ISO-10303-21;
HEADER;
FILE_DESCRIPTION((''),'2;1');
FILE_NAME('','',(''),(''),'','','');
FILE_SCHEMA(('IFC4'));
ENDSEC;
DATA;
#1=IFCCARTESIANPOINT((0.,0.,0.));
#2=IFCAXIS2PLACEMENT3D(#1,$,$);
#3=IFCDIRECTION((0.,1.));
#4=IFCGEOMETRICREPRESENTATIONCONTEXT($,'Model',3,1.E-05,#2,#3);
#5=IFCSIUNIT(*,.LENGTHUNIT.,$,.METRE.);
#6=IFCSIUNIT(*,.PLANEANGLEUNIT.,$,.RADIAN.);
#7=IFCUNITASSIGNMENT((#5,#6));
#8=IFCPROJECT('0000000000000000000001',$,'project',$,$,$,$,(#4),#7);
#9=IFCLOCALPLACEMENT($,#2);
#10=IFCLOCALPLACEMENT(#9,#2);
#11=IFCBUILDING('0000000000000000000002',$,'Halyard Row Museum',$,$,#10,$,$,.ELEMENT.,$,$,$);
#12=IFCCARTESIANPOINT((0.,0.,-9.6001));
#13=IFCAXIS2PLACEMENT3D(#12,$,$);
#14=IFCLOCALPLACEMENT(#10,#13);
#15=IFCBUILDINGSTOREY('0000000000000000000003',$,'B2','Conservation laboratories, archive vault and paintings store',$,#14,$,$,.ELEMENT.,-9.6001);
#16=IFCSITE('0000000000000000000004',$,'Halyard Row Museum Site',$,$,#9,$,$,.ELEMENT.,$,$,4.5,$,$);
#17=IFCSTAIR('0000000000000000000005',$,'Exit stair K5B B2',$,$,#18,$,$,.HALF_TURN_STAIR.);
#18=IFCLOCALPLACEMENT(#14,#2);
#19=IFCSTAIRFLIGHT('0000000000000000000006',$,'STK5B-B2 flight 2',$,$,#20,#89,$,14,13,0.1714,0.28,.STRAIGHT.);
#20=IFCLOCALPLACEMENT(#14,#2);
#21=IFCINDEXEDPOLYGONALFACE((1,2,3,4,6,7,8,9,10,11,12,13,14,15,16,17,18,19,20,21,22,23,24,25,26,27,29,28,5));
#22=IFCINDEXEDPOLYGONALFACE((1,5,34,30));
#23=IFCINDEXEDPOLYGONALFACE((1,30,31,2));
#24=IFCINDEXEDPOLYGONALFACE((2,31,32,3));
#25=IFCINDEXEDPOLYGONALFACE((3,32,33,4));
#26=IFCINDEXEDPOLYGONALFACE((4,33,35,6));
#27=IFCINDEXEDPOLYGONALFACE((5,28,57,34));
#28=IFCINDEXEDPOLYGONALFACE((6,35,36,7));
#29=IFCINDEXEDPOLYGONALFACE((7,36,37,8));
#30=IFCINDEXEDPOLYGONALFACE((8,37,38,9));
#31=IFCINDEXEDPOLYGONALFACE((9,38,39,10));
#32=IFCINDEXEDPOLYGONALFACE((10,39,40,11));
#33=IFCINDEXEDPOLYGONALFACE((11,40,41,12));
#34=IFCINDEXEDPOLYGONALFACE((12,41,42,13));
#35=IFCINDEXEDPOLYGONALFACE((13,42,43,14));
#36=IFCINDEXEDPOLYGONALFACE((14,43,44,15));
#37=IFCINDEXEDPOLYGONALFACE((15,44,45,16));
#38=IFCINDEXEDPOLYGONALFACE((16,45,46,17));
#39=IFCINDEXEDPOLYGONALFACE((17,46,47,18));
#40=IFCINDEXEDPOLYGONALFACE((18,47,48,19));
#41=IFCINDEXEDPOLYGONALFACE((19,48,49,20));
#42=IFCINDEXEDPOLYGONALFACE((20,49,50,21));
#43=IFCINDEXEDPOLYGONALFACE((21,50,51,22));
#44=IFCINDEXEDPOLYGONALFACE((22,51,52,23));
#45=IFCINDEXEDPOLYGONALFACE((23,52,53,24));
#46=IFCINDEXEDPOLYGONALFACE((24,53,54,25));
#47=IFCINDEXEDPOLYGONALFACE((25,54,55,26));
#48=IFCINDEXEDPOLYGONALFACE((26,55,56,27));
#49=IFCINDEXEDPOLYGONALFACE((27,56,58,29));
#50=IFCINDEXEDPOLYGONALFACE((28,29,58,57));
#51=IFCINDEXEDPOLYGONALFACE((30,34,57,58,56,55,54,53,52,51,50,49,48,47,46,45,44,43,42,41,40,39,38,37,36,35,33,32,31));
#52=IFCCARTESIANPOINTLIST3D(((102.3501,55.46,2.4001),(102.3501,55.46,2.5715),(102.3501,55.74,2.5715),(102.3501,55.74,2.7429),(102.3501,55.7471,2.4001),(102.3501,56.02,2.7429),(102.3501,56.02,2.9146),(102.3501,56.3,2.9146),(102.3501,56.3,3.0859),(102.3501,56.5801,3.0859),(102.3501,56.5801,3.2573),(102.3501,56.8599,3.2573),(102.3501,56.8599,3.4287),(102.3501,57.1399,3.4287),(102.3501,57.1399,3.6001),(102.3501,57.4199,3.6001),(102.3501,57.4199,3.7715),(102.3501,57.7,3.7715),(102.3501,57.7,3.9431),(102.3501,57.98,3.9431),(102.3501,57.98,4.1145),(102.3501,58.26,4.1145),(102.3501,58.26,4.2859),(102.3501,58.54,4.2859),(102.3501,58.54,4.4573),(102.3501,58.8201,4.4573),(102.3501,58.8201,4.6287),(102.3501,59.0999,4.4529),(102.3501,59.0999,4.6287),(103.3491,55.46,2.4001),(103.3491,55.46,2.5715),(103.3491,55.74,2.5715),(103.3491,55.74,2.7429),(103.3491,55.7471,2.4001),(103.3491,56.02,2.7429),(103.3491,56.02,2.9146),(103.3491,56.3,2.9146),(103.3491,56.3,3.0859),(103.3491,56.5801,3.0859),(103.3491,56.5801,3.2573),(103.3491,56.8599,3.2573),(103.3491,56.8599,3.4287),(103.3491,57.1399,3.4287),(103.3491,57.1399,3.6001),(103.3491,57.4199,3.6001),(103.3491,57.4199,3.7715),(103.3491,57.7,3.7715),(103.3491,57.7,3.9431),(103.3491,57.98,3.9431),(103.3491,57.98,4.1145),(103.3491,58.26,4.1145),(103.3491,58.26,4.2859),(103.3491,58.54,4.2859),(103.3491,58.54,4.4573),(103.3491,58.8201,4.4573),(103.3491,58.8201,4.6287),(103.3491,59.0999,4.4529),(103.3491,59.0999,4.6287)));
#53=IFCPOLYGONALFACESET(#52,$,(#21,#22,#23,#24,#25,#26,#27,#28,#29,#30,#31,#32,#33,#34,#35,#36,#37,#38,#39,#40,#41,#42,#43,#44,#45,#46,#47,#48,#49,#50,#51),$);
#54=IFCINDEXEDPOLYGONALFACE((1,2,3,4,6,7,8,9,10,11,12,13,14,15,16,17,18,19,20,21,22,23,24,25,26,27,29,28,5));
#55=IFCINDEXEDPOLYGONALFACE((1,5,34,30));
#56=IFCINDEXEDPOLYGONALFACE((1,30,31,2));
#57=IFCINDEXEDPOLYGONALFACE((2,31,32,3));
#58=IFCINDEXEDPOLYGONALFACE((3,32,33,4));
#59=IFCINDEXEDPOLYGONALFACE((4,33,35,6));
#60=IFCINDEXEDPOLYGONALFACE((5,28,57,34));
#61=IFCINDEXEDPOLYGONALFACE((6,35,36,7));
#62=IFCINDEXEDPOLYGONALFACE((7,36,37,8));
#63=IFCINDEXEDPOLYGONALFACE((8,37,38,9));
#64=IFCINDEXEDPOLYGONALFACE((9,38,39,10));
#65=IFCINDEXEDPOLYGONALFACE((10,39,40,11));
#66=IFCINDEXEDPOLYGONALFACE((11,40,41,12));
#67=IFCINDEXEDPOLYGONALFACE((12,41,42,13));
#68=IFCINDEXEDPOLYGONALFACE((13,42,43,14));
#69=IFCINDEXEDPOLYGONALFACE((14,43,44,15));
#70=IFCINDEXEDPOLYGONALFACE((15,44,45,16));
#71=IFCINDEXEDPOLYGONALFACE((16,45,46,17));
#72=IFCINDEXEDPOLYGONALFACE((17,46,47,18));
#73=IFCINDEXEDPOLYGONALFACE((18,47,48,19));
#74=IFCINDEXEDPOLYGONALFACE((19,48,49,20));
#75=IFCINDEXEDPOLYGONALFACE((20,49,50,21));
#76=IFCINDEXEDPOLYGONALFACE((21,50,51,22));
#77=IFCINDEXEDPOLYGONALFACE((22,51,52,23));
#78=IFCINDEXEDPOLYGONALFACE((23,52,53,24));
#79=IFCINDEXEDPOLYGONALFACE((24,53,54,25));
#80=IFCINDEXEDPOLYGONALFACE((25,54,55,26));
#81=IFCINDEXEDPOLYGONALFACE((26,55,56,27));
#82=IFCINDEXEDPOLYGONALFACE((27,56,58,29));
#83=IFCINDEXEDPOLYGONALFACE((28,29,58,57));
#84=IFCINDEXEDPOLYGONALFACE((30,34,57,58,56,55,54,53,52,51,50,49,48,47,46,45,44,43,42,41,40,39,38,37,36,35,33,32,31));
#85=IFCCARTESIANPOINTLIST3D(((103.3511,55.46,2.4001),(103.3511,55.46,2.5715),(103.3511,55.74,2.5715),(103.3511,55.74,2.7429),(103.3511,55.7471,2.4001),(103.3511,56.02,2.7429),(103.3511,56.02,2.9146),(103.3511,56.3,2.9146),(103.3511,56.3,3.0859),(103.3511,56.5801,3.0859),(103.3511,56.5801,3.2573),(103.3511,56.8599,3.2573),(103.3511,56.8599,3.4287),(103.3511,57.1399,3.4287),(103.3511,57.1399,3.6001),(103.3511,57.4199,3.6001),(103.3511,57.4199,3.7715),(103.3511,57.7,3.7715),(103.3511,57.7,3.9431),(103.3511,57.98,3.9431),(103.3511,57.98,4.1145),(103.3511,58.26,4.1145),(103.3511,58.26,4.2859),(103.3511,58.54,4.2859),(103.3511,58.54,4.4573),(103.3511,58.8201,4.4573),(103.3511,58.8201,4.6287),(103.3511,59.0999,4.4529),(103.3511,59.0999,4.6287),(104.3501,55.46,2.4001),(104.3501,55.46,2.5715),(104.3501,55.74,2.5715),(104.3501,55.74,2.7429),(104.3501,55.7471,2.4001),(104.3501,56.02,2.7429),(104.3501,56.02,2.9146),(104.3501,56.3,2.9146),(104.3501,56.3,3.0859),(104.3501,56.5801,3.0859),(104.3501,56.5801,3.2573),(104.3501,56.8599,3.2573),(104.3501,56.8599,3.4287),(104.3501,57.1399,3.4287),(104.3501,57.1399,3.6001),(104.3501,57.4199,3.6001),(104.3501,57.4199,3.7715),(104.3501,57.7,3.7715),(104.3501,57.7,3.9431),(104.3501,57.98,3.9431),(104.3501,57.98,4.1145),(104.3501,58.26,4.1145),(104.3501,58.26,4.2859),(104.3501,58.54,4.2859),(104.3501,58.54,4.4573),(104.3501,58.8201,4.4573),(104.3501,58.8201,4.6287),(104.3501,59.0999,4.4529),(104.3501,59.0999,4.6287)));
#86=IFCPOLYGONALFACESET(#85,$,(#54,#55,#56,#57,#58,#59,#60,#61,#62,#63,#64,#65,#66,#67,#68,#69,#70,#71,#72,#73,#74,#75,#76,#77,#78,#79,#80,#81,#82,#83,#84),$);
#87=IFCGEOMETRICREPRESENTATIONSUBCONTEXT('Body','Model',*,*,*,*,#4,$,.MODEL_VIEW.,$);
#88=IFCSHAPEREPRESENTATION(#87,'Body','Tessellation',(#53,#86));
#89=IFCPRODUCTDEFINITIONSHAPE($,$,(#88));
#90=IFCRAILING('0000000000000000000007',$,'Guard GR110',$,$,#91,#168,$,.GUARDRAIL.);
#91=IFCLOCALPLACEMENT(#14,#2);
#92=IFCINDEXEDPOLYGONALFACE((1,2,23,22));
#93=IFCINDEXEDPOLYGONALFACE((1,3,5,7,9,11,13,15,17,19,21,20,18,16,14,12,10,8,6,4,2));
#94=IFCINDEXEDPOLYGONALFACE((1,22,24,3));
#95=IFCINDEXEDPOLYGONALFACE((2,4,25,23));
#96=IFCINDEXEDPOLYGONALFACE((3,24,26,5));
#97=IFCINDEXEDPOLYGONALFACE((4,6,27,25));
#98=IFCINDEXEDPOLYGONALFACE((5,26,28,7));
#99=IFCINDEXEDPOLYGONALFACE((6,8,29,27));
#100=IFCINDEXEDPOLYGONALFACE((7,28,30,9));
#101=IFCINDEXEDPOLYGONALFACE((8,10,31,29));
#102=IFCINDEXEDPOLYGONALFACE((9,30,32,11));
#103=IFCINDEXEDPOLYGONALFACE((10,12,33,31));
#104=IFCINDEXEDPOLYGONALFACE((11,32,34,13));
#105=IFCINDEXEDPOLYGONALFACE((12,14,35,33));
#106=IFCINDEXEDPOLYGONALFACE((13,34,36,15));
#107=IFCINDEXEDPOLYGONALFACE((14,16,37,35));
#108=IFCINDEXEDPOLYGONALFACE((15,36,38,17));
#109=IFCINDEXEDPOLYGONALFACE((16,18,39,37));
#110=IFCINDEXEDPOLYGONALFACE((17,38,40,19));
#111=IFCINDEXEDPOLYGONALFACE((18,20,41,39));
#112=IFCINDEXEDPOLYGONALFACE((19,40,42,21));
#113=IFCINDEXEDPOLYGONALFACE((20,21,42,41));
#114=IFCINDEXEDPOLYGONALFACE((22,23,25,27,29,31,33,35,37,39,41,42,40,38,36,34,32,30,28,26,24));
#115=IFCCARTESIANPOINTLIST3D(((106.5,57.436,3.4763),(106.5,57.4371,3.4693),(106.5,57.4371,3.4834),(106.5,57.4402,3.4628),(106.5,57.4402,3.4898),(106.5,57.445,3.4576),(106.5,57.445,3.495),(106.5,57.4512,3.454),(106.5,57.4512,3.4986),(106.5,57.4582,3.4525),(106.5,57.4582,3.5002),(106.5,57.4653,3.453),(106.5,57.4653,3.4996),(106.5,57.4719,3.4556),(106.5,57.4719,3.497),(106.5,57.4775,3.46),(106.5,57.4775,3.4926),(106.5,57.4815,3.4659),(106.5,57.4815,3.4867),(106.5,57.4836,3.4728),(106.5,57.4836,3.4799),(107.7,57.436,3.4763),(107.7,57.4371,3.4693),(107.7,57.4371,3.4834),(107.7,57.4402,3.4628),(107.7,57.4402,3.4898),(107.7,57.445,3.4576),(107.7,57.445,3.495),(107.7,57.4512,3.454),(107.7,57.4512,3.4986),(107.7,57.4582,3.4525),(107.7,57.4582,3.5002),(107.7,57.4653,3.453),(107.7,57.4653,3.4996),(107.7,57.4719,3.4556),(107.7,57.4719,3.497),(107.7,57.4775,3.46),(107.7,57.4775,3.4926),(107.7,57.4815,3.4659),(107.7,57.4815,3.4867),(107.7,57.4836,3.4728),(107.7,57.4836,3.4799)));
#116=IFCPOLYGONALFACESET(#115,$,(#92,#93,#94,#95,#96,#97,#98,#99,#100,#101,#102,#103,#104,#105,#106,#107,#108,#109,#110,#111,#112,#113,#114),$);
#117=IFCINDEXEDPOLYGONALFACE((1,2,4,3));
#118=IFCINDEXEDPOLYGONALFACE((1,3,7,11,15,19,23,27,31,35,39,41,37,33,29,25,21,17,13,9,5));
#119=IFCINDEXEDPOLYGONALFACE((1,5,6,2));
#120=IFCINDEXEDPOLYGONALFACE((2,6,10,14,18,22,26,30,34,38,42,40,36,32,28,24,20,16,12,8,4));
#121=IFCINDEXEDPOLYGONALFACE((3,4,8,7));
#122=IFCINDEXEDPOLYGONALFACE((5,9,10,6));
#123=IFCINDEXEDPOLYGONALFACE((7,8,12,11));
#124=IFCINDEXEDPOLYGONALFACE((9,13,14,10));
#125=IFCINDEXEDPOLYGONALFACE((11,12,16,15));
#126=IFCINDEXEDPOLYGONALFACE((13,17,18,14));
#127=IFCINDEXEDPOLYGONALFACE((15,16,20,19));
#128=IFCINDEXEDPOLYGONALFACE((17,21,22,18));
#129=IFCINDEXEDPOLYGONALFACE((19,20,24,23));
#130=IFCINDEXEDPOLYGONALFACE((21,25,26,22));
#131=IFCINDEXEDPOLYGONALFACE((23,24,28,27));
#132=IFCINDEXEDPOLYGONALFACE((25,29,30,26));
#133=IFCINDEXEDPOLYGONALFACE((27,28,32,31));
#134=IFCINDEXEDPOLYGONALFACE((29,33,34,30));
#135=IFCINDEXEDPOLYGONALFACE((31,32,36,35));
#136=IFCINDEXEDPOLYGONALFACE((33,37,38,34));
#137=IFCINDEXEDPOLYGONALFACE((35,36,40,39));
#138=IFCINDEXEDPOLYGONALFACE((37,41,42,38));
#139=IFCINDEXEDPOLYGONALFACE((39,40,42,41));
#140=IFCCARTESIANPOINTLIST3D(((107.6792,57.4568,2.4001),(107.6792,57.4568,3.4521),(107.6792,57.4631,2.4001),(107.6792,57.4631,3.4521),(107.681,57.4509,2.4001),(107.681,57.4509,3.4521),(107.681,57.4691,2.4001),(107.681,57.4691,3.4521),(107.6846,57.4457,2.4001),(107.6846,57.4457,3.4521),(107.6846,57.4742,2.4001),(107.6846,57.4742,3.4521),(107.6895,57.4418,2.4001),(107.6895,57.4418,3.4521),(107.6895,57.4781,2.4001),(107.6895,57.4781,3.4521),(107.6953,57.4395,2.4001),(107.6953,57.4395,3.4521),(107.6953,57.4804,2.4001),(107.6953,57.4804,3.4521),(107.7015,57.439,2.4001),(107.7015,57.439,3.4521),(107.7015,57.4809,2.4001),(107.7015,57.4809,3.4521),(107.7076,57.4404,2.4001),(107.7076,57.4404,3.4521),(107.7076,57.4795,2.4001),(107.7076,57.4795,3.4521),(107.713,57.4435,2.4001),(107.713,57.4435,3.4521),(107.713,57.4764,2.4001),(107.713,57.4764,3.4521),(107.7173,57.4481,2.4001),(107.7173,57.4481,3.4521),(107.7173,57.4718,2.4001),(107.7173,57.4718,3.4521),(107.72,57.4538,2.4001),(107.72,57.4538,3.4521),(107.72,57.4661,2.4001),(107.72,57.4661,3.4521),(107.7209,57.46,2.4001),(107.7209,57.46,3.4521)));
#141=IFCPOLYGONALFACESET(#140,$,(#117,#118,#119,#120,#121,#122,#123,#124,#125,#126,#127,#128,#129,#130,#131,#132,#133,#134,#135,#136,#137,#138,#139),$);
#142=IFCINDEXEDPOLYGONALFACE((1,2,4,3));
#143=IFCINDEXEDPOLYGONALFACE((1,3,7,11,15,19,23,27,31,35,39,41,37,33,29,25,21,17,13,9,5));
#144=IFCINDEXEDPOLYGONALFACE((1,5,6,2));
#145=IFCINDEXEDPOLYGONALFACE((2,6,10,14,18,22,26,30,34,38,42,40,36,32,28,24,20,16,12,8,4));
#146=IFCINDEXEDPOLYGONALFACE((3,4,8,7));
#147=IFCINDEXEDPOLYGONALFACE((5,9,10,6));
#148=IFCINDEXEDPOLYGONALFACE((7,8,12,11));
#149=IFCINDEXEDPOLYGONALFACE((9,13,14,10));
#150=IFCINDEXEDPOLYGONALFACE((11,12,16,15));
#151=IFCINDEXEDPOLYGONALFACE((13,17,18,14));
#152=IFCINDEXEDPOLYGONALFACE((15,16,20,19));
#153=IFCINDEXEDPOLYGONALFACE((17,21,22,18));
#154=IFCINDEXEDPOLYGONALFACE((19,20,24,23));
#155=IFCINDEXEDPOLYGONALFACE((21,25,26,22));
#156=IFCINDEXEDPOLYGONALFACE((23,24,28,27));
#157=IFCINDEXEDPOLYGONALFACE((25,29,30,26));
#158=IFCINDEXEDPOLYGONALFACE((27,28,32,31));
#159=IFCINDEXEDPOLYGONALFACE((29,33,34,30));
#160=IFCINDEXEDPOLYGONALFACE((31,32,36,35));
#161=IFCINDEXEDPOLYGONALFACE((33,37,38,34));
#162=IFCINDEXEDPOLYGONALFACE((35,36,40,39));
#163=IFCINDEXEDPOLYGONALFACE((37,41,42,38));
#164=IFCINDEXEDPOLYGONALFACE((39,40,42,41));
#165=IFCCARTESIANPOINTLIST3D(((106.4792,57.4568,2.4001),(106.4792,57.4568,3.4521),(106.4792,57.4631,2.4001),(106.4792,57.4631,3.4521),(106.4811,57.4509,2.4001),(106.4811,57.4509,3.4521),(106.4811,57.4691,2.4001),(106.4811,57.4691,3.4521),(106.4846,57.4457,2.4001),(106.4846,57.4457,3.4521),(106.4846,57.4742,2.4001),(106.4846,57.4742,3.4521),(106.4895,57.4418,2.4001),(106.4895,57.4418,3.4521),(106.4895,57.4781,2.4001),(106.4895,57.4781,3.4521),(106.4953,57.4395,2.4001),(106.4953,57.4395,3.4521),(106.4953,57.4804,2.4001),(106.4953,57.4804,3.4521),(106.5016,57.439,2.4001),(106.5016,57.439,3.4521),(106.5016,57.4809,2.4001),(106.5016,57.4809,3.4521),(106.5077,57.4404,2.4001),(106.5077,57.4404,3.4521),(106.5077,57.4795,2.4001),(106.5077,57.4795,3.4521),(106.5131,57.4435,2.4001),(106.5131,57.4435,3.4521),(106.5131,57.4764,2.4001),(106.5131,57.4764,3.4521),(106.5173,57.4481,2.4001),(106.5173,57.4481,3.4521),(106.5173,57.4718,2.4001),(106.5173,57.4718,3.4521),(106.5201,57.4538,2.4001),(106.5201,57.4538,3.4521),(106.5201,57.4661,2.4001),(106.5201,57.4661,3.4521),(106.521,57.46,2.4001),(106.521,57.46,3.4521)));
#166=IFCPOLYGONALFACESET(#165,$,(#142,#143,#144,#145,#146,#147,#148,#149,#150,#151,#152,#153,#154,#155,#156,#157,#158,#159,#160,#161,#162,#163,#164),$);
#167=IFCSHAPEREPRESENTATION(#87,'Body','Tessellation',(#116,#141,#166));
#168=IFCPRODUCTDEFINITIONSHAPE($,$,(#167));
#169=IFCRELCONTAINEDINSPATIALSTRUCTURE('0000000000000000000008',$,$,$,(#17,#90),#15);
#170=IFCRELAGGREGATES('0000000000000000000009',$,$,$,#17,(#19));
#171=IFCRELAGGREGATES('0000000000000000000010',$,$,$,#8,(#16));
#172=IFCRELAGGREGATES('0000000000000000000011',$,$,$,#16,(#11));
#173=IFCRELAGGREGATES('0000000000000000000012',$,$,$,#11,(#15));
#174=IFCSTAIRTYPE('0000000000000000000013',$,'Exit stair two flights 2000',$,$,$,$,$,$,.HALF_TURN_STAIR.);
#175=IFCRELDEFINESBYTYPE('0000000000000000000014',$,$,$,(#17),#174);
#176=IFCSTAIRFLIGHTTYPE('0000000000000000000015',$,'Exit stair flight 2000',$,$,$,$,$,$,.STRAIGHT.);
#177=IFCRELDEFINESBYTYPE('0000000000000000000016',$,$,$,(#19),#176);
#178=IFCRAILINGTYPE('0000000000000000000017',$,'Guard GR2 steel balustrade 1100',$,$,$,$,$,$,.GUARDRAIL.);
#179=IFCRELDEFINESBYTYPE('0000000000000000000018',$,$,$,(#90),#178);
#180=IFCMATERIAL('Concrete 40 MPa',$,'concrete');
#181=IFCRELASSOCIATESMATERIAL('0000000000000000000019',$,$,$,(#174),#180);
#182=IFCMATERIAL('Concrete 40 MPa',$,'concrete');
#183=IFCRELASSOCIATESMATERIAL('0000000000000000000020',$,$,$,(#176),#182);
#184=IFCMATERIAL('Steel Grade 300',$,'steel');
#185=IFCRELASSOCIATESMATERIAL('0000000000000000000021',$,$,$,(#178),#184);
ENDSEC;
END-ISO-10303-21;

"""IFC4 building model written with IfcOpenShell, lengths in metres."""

from ifc_helpers import new_model, si_unit, direction, frame, origin, origin_2d, place, context, subcontext, project, spatial, polyline, circle, outline, extrude, material, type_object, element, aggregate, save


model = new_model("IFC4")

# Units and contexts
model_context = context("Model", 3, precision=1e-05, world=origin(), true_north=direction((0.0, 1.0)))
body_context = subcontext(model_context, "Body", "Model", "MODEL_VIEW")
ifc_project = project(units=[si_unit("LENGTHUNIT", "METRE"), si_unit("PLANEANGLEUNIT", "RADIAN")], contexts=[model_context])

# Site, building, storey
site_placement = place(None, origin())
site = spatial("IfcSite", under=ifc_project, at=site_placement, Name="Halyard Row Museum Site", CompositionType="ELEMENT", RefElevation=4.5)
building_placement = place(site_placement, origin())
building = spatial("IfcBuilding", under=site, at=building_placement, Name="Halyard Row Museum", CompositionType="ELEMENT")
storey_placement = place(building_placement, frame((0.0, 0.0, -9.6001)))
storey = spatial("IfcBuildingStorey", under=building, at=storey_placement, Name="B2", Description="Conservation laboratories, archive vault and paintings store", CompositionType="ELEMENT", Elevation=-9.6001)

# Stair, stair flight
ifc_material_1 = material(Name="Concrete 40 MPa", Category="concrete")
stair_type = type_object("IfcStairType", Name="Exit stair two flights 2000", PredefinedType="HALF_TURN_STAIR", material=ifc_material_1)
stair_placement = place(storey_placement, origin())
stair = element("IfcStair", 1, at=stair_placement, inside=storey, type_object=stair_type, Name="Exit stair K5B B2", PredefinedType="HALF_TURN_STAIR")
ifc_material_2 = material(Name="Concrete 40 MPa", Category="concrete")
stair_flight_type = type_object("IfcStairFlightType", Name="Exit stair flight 2000", PredefinedType="STRAIGHT", material=ifc_material_2)
stair_flight_1_placement = place(storey_placement, frame((103.3501, 55.46, 2.4001), z_axis=(0.0, 0.0, 1.0), x_axis=(0.0, 1.0, 0.0)))
stair_flight_1 = element("IfcStairFlight", 2, at=stair_flight_1_placement, type_object=stair_flight_type, Name="STK5B-B2 flight 2", NumberOfRisers=14, NumberOfTreads=13, PredefinedType="STRAIGHT", RiserHeight=0.1714, TreadLength=0.28, context=body_context, shape_type="SweptSolid", body=[
    extrude(outline(polyline([(0.0, 0.0), (0.0, 0.1714), (0.28, 0.1714), (0.28, 0.3428), (0.5601, 0.3428), (0.5601, 0.5144), (0.8401, 0.5144), (0.8401, 0.6858), (1.1201, 0.6858), (1.1201, 0.8572), (1.3999, 0.8572), (1.3999, 1.0286), (1.6799, 1.0286), (1.6799, 1.2), (1.96, 1.2), (1.96, 1.3713), (2.24, 1.3713), (2.24, 1.543), (2.52, 1.543), (2.52, 1.7144), (2.8, 1.7144), (2.8, 1.8857), (3.0801, 1.8857), (3.0801, 2.0571), (3.3601, 2.0571), (3.3601, 2.2285), (3.6399, 2.2285), (3.6399, 2.3999), (3.6399, 2.0527), (0.2871, 0.0), (0.0, 0.0)])), frame((0.0, 1.0, 0.0), z_axis=(0.0, -1.0, 0.0), x_axis=(1.0, 0.0, 0.0)), (0.0, 0.0, 1.0), 0.999),
    extrude(outline(polyline([(0.0, 0.0), (0.0, 0.1714), (0.28, 0.1714), (0.28, 0.3428), (0.5601, 0.3428), (0.5601, 0.5144), (0.8401, 0.5144), (0.8401, 0.6858), (1.1201, 0.6858), (1.1201, 0.8572), (1.3999, 0.8572), (1.3999, 1.0286), (1.6799, 1.0286), (1.6799, 1.2), (1.96, 1.2), (1.96, 1.3713), (2.24, 1.3713), (2.24, 1.543), (2.52, 1.543), (2.52, 1.7144), (2.8, 1.7144), (2.8, 1.8857), (3.0801, 1.8857), (3.0801, 2.0571), (3.3601, 2.0571), (3.3601, 2.2285), (3.6399, 2.2285), (3.6399, 2.3999), (3.6399, 2.0527), (0.2871, 0.0), (0.0, 0.0)])), frame((0.0, -0.001, 0.0), z_axis=(0.0, -1.0, 0.0), x_axis=(1.0, 0.0, 0.0)), (0.0, 0.0, 1.0), 0.999),
])
aggregate(stair, [stair_flight_1])

# Railing
ifc_material_3 = material(Name="Steel Grade 300", Category="steel")
railing_type_1 = type_object("IfcRailingType", Name="Guard GR2 steel balustrade 1100", PredefinedType="GUARDRAIL", material=ifc_material_3)
railing_1_placement = place(storey_placement, frame((107.7, 57.46, 2.4001)))
element("IfcRailing", 3, at=railing_1_placement, inside=storey, type_object=railing_type_1, Name="Guard GR110", PredefinedType="GUARDRAIL", context=body_context, shape_type="SweptSolid", body=[
    extrude(circle(Radius=0.0239, at=origin_2d()), frame((0.0, 0.0, 1.0762), z_axis=(-1.0, 0.0, 0.0), x_axis=(0.0, -1.0, 0.0)), (0.0, 0.0, 1.0), 1.2),
    extrude(circle(Radius=0.021, at=origin_2d()), origin(), (0.0, 0.0, 1.0), 1.052),
    extrude(circle(Radius=0.021, at=origin_2d()), frame((-1.2, 0.0, 0.0)), (0.0, 0.0, 1.0), 1.052),
])

save(model, "model.ifc")
